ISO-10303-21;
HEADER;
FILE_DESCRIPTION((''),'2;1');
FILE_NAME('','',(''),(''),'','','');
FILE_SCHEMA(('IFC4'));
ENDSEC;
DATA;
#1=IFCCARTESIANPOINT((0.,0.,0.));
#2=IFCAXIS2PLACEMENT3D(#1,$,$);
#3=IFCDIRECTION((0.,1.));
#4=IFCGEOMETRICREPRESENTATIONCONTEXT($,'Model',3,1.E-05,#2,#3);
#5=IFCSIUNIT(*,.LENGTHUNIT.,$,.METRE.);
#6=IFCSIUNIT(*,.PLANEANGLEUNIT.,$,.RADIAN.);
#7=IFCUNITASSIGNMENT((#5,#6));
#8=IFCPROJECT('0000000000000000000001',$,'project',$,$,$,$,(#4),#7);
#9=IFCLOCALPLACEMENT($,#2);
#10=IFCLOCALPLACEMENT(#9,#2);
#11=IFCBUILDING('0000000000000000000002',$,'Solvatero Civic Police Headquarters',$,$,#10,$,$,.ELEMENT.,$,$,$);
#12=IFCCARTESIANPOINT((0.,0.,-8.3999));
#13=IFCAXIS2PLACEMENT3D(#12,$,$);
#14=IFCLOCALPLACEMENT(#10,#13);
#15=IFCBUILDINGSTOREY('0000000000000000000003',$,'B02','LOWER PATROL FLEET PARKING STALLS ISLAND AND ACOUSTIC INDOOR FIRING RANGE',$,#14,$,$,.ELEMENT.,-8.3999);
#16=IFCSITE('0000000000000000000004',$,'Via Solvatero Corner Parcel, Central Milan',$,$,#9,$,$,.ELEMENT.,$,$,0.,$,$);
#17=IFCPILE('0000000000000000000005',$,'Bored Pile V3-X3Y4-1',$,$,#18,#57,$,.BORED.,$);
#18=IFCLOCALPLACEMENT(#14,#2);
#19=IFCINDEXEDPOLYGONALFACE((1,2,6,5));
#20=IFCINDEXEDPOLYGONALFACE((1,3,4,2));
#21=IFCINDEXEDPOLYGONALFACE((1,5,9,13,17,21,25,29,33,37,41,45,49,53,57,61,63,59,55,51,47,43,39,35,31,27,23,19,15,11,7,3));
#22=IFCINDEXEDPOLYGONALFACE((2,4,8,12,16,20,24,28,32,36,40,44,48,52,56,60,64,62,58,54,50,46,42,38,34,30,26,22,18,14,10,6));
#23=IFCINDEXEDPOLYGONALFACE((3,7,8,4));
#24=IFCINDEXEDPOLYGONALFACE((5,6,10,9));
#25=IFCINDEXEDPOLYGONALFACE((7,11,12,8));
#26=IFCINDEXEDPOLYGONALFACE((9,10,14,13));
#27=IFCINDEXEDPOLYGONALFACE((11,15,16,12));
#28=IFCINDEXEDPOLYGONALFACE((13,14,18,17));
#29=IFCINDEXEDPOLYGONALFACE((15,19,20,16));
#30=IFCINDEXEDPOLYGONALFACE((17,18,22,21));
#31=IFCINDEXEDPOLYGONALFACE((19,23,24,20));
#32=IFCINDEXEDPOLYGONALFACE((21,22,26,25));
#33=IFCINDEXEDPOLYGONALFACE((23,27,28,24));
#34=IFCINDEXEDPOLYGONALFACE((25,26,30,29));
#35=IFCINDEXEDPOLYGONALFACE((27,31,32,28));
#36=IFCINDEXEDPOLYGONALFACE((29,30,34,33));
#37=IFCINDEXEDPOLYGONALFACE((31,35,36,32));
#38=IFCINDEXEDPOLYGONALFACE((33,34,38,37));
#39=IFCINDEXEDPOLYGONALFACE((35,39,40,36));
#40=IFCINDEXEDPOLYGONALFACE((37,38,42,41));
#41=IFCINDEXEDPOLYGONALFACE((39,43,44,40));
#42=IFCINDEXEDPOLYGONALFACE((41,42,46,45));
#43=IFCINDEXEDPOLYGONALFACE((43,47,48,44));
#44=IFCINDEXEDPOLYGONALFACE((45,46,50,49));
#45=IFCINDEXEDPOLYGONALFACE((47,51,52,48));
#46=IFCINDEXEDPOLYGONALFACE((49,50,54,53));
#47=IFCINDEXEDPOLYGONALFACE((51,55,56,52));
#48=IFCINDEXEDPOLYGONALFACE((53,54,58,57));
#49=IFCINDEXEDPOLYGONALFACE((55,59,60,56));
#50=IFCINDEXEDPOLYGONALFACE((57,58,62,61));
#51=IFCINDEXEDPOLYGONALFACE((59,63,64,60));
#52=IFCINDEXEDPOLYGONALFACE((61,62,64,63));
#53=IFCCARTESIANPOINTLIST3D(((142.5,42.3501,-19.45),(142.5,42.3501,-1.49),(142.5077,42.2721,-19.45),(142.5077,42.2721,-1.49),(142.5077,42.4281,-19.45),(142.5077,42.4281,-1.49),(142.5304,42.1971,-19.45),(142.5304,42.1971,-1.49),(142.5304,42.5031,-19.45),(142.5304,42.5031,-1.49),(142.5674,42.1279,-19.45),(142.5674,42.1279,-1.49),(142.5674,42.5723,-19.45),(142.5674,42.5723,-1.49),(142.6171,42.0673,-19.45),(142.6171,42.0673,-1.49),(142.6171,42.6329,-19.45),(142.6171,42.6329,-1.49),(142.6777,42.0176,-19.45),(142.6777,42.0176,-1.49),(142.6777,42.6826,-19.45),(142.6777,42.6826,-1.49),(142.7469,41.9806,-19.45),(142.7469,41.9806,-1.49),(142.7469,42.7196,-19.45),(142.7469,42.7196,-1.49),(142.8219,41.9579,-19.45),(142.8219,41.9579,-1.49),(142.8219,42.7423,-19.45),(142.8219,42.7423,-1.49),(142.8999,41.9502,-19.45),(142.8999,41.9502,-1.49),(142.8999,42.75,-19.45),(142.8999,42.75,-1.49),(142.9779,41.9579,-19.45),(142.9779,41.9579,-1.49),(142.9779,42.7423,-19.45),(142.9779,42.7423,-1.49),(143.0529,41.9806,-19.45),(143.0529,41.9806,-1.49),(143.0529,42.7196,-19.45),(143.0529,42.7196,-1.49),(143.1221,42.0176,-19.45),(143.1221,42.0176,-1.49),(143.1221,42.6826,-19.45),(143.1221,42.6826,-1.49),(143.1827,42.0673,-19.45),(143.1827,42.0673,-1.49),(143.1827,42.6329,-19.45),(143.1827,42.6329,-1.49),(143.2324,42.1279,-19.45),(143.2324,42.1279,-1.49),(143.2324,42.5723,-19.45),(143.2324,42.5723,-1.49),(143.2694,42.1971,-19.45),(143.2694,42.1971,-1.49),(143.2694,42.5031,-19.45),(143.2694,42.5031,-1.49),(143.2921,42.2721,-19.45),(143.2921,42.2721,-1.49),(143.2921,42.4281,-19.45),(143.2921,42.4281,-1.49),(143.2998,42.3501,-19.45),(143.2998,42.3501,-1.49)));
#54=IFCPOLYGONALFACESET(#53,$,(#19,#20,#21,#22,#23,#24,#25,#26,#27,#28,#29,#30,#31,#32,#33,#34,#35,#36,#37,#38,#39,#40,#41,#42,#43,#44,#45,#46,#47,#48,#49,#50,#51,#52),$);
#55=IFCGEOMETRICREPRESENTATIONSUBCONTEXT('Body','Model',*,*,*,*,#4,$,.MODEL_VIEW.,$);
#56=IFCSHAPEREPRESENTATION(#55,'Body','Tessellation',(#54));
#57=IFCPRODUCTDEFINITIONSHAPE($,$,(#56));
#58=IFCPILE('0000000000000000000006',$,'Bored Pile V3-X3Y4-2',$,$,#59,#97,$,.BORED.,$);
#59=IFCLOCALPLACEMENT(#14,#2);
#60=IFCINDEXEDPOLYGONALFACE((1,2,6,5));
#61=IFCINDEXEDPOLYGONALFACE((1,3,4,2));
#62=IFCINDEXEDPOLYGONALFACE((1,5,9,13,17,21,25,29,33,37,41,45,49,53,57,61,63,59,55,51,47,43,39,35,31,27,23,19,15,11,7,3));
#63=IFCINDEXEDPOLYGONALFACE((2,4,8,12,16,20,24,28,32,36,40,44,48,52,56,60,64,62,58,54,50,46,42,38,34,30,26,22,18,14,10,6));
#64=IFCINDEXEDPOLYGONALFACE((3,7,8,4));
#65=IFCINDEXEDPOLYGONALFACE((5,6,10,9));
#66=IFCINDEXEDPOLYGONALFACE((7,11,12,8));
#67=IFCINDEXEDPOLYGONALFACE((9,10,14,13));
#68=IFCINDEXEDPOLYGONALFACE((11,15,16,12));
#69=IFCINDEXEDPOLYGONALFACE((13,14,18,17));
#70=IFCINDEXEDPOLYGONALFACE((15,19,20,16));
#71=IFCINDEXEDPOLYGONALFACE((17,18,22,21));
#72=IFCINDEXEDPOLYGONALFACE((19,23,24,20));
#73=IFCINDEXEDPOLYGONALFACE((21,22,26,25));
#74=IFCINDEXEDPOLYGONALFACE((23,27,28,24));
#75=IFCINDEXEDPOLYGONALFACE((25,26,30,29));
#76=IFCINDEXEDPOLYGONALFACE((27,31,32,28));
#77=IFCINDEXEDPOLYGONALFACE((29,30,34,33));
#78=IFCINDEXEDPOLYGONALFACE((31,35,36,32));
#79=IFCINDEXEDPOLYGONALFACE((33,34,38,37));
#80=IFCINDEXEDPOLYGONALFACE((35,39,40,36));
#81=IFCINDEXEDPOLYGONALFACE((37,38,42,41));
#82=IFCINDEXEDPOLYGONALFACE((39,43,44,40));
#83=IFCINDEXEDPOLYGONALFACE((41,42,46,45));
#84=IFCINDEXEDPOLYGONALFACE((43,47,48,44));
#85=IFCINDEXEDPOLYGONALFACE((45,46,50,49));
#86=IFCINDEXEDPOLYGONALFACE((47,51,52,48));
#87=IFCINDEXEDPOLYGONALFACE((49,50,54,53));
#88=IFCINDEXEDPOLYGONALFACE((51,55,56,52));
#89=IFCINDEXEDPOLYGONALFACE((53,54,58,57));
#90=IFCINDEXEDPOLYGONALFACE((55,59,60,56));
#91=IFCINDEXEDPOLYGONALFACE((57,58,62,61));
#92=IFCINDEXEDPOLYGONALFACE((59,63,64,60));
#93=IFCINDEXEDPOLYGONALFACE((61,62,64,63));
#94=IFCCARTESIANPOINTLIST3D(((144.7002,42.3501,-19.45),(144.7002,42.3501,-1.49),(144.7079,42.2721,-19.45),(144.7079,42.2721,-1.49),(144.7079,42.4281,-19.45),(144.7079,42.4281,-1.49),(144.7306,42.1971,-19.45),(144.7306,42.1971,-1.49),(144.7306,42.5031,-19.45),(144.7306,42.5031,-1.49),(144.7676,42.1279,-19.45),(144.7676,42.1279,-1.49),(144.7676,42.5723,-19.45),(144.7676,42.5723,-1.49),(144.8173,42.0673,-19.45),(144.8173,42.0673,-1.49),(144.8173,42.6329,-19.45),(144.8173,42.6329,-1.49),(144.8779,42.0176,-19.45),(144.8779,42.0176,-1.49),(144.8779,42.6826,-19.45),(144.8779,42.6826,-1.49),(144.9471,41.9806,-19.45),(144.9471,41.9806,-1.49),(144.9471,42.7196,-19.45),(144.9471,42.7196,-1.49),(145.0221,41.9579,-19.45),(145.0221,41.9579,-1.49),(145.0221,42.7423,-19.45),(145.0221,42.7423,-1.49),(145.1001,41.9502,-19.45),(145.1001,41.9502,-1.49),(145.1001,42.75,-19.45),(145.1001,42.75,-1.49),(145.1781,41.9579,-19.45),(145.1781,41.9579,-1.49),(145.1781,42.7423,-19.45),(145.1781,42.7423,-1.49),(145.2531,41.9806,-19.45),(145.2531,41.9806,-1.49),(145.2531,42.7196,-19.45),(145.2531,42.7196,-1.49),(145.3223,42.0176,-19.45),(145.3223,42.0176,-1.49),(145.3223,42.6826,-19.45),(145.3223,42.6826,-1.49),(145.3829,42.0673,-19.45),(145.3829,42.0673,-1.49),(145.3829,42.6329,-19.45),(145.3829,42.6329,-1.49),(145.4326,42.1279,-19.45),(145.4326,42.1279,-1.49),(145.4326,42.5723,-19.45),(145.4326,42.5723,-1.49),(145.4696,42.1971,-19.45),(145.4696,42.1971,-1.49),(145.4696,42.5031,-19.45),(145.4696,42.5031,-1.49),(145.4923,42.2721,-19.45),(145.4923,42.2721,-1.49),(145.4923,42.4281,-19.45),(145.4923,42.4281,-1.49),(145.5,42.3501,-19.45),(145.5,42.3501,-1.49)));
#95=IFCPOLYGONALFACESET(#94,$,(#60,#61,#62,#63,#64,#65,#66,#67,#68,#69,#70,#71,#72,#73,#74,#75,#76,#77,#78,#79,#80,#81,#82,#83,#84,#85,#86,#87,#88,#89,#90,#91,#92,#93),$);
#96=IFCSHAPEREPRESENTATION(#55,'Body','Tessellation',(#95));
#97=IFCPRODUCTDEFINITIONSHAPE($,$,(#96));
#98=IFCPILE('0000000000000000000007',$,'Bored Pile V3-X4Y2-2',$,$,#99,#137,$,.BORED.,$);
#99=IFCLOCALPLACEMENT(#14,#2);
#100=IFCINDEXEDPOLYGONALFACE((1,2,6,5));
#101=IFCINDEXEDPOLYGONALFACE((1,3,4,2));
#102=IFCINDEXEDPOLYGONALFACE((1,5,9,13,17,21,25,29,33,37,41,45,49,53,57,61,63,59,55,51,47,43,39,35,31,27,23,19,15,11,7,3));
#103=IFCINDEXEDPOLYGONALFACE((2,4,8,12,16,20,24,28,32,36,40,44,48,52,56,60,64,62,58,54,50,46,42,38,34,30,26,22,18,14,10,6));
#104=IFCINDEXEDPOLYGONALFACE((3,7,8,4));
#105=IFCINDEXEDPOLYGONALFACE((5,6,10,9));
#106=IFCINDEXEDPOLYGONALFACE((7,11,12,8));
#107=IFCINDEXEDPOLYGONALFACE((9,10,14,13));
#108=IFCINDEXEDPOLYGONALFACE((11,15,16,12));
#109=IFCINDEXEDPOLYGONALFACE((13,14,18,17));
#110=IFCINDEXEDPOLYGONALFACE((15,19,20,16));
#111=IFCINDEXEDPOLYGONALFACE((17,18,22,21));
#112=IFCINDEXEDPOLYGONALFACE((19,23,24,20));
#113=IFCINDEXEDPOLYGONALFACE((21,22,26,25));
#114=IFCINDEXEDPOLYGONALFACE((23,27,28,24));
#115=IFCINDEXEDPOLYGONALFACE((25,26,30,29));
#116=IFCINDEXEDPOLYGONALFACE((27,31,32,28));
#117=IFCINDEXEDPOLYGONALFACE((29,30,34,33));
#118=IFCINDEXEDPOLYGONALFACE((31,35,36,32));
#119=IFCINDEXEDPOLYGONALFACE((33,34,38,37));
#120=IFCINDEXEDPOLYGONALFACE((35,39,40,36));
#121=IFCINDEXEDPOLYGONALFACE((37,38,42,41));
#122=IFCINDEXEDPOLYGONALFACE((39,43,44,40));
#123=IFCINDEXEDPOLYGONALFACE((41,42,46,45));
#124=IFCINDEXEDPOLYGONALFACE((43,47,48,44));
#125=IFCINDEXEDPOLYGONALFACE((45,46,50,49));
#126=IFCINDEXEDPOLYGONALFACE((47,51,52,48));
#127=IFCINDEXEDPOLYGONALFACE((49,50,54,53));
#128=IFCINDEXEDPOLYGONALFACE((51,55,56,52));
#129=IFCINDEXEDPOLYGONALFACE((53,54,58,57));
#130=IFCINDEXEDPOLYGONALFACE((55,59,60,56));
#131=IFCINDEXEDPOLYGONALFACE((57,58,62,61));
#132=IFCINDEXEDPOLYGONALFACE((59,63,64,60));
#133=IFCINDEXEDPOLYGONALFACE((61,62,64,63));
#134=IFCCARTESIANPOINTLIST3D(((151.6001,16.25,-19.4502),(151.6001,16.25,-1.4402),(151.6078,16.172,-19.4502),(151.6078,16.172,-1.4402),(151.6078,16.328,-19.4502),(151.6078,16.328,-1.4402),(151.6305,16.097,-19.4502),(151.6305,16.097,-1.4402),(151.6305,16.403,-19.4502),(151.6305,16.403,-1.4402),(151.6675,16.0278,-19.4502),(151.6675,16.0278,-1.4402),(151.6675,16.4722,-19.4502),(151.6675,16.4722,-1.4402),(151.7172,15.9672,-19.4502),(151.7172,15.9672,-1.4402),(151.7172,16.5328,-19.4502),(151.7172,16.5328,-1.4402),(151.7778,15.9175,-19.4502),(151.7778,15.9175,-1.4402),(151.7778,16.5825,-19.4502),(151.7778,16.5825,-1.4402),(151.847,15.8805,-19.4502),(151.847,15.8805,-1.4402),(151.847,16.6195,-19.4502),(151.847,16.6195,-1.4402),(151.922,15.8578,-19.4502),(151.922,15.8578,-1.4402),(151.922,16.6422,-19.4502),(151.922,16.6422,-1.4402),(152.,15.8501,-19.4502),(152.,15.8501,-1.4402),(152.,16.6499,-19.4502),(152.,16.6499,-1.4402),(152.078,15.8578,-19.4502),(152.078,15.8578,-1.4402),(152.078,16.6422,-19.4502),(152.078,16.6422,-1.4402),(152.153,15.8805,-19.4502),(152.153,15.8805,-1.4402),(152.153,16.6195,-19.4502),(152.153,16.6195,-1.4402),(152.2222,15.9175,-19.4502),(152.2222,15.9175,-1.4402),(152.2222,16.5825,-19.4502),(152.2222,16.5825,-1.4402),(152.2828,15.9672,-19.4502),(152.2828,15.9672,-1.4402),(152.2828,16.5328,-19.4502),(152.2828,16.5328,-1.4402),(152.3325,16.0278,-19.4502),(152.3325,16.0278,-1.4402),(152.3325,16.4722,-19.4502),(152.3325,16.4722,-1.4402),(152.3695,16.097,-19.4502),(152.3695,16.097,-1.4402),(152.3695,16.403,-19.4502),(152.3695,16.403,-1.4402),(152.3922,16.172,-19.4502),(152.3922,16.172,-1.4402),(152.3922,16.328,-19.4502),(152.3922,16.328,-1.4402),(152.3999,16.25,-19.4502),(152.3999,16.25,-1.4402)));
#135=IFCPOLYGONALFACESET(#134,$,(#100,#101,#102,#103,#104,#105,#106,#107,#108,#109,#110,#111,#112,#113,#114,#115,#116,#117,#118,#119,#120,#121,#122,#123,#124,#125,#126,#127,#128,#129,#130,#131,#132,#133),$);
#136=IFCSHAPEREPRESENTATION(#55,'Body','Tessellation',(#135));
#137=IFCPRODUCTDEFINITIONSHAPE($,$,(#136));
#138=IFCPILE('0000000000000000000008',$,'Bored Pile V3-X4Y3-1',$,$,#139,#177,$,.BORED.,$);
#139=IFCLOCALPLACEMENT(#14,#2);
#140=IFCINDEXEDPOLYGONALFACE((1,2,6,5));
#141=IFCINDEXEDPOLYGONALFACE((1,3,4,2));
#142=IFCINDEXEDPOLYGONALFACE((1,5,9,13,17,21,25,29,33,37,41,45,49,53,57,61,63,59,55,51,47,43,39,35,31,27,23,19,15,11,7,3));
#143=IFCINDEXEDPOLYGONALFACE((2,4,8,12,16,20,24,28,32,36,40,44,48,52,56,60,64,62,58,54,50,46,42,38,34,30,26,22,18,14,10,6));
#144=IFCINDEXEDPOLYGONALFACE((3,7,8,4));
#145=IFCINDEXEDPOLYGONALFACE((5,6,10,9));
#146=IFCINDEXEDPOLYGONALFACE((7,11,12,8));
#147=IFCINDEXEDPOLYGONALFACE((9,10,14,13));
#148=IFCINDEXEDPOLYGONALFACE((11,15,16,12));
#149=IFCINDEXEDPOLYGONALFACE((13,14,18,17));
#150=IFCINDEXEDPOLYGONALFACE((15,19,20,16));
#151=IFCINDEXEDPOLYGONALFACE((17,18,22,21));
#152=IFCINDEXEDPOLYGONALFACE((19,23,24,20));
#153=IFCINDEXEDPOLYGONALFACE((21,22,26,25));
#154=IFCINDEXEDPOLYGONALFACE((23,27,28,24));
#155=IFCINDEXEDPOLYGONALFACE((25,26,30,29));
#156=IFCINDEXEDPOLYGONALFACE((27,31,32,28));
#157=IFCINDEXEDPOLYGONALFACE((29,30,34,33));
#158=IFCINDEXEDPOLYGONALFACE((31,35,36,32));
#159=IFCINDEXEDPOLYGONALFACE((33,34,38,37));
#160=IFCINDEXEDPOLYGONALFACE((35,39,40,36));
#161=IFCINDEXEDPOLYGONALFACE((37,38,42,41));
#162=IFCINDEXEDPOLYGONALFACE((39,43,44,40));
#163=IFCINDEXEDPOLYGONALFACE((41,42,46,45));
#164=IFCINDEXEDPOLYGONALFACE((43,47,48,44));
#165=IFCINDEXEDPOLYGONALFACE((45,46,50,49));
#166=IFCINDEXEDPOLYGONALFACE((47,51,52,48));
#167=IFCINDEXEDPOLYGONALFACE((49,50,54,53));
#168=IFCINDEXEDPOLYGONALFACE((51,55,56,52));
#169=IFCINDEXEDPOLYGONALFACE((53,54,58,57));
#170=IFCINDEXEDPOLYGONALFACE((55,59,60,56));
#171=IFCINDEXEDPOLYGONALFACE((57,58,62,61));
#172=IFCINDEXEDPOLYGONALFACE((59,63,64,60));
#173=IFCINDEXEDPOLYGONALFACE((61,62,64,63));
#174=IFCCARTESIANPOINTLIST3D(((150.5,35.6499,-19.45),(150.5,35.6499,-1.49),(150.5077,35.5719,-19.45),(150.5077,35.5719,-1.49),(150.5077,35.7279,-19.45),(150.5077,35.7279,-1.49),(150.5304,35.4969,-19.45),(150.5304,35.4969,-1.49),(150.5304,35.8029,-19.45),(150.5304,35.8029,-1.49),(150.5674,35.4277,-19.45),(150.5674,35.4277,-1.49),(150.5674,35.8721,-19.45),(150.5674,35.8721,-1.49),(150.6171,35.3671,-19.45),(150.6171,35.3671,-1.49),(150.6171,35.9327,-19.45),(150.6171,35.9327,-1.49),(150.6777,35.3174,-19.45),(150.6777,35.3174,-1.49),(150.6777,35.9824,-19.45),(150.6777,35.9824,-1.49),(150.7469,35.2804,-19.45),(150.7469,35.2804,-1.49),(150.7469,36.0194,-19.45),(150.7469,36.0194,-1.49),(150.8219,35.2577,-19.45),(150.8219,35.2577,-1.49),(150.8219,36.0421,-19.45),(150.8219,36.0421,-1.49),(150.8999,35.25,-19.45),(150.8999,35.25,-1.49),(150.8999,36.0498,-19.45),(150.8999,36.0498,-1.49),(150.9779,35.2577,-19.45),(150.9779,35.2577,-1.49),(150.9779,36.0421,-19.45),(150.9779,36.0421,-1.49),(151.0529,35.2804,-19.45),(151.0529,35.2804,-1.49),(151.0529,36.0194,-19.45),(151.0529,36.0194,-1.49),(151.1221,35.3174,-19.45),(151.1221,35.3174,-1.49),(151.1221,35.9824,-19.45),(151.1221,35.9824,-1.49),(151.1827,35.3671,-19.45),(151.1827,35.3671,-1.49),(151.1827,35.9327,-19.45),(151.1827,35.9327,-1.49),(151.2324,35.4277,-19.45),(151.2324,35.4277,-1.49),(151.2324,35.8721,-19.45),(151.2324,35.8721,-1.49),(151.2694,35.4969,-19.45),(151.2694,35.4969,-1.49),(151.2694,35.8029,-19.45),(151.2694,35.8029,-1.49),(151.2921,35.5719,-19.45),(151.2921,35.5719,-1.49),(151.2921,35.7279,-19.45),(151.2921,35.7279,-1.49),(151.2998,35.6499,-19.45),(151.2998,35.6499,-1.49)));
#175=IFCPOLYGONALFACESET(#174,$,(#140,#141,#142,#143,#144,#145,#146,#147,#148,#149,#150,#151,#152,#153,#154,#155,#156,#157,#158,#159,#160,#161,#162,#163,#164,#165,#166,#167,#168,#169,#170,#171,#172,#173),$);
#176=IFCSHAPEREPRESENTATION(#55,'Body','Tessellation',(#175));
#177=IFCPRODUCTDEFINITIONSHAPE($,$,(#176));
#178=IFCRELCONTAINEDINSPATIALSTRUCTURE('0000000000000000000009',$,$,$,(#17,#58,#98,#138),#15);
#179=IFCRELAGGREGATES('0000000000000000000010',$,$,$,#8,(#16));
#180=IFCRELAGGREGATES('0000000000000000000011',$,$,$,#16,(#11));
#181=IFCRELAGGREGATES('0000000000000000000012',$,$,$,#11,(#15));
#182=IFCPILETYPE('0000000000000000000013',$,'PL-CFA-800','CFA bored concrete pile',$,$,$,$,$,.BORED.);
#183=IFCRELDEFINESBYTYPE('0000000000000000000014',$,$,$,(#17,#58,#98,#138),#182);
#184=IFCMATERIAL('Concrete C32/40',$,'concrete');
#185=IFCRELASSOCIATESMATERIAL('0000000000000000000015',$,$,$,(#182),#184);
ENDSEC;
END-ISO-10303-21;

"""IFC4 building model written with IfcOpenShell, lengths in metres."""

from ifc_helpers import new_model, si_unit, direction, frame, origin, origin_2d, place, context, subcontext, project, spatial, circle, extrude, material, material_profile, profile_set, type_object, element, save


model = new_model("IFC4")

# Units and contexts
model_context = context("Model", 3, precision=1e-05, world=origin(), true_north=direction((0.0, 1.0)))
body_context = subcontext(model_context, "Body", "Model", "MODEL_VIEW")
ifc_project = project(units=[si_unit("LENGTHUNIT", "METRE"), si_unit("PLANEANGLEUNIT", "RADIAN")], contexts=[model_context])

# Site, building, storey
site_placement = place(None, origin())
site = spatial("IfcSite", under=ifc_project, at=site_placement, Name="Via Solvatero Corner Parcel, Central Milan", CompositionType="ELEMENT", RefElevation=0.0)
building_placement = place(site_placement, origin())
building = spatial("IfcBuilding", under=site, at=building_placement, Name="Solvatero Civic Police Headquarters", CompositionType="ELEMENT")
storey_placement = place(building_placement, frame((0.0, 0.0, -8.3999)))
storey = spatial("IfcBuildingStorey", under=building, at=storey_placement, Name="B02", Description="LOWER PATROL FLEET PARKING STALLS ISLAND AND ACOUSTIC INDOOR FIRING RANGE", CompositionType="ELEMENT", Elevation=-8.3999)

# Piles
ifc_material_1 = material(Name="Concrete C32/40", Category="concrete")
ifc_material_profile_1 = material_profile(ifc_material_1, circle(Radius=0.3999, at=origin_2d()), Name="CFA PILE D800")
ifc_profile_set_1 = profile_set([ifc_material_profile_1], Name="Concrete C32/40")
pile_type = type_object("IfcPileType", Name="PL-CFA-800", Description="CFA bored concrete pile", PredefinedType="BORED", material=ifc_profile_set_1)
for number, where, z_axis, x_axis, name in (
    (1, (142.8999, 42.3501, -1.49), (0.0, 0.0, -1.0), (1.0, 0.0, 0.0), "Bored Pile V3-X3Y4-1"),
    (2, (145.1001, 42.3501, -1.49), (0.0, 0.0, -1.0), (1.0, 0.0, 0.0), "Bored Pile V3-X3Y4-2"),
):
    element("IfcPile", number, at=place(storey_placement, frame(where, z_axis=z_axis, x_axis=x_axis)), inside=storey, type_object=pile_type, Name=name, PredefinedType="BORED", context=body_context, shape_type="SweptSolid", body=[
        extrude(circle(Radius=0.3999, at=origin_2d()), origin(), (0.0, 0.0, 1.0), 17.96),
    ])
pile_placement = place(storey_placement, frame((152.0, 16.25, -1.4402), z_axis=(0.0, 0.0, -1.0), x_axis=(1.0, 0.0, 0.0)))
element("IfcPile", 3, at=pile_placement, inside=storey, type_object=pile_type, Name="Bored Pile V3-X4Y2-2", PredefinedType="BORED", context=body_context, shape_type="SweptSolid", body=[
    extrude(circle(Radius=0.3999, at=origin_2d()), origin(), (0.0, 0.0, 1.0), 18.01),
])
for number, where, z_axis, x_axis, name in (
    (4, (150.8999, 35.6499, -1.49), (0.0, 0.0, -1.0), (1.0, 0.0, 0.0), "Bored Pile V3-X4Y3-1"),
):
    element("IfcPile", number, at=place(storey_placement, frame(where, z_axis=z_axis, x_axis=x_axis)), inside=storey, type_object=pile_type, Name=name, PredefinedType="BORED", context=body_context, shape_type="SweptSolid", body=[
        extrude(circle(Radius=0.3999, at=origin_2d()), origin(), (0.0, 0.0, 1.0), 17.96),
    ])

save(model, "model.ifc")
